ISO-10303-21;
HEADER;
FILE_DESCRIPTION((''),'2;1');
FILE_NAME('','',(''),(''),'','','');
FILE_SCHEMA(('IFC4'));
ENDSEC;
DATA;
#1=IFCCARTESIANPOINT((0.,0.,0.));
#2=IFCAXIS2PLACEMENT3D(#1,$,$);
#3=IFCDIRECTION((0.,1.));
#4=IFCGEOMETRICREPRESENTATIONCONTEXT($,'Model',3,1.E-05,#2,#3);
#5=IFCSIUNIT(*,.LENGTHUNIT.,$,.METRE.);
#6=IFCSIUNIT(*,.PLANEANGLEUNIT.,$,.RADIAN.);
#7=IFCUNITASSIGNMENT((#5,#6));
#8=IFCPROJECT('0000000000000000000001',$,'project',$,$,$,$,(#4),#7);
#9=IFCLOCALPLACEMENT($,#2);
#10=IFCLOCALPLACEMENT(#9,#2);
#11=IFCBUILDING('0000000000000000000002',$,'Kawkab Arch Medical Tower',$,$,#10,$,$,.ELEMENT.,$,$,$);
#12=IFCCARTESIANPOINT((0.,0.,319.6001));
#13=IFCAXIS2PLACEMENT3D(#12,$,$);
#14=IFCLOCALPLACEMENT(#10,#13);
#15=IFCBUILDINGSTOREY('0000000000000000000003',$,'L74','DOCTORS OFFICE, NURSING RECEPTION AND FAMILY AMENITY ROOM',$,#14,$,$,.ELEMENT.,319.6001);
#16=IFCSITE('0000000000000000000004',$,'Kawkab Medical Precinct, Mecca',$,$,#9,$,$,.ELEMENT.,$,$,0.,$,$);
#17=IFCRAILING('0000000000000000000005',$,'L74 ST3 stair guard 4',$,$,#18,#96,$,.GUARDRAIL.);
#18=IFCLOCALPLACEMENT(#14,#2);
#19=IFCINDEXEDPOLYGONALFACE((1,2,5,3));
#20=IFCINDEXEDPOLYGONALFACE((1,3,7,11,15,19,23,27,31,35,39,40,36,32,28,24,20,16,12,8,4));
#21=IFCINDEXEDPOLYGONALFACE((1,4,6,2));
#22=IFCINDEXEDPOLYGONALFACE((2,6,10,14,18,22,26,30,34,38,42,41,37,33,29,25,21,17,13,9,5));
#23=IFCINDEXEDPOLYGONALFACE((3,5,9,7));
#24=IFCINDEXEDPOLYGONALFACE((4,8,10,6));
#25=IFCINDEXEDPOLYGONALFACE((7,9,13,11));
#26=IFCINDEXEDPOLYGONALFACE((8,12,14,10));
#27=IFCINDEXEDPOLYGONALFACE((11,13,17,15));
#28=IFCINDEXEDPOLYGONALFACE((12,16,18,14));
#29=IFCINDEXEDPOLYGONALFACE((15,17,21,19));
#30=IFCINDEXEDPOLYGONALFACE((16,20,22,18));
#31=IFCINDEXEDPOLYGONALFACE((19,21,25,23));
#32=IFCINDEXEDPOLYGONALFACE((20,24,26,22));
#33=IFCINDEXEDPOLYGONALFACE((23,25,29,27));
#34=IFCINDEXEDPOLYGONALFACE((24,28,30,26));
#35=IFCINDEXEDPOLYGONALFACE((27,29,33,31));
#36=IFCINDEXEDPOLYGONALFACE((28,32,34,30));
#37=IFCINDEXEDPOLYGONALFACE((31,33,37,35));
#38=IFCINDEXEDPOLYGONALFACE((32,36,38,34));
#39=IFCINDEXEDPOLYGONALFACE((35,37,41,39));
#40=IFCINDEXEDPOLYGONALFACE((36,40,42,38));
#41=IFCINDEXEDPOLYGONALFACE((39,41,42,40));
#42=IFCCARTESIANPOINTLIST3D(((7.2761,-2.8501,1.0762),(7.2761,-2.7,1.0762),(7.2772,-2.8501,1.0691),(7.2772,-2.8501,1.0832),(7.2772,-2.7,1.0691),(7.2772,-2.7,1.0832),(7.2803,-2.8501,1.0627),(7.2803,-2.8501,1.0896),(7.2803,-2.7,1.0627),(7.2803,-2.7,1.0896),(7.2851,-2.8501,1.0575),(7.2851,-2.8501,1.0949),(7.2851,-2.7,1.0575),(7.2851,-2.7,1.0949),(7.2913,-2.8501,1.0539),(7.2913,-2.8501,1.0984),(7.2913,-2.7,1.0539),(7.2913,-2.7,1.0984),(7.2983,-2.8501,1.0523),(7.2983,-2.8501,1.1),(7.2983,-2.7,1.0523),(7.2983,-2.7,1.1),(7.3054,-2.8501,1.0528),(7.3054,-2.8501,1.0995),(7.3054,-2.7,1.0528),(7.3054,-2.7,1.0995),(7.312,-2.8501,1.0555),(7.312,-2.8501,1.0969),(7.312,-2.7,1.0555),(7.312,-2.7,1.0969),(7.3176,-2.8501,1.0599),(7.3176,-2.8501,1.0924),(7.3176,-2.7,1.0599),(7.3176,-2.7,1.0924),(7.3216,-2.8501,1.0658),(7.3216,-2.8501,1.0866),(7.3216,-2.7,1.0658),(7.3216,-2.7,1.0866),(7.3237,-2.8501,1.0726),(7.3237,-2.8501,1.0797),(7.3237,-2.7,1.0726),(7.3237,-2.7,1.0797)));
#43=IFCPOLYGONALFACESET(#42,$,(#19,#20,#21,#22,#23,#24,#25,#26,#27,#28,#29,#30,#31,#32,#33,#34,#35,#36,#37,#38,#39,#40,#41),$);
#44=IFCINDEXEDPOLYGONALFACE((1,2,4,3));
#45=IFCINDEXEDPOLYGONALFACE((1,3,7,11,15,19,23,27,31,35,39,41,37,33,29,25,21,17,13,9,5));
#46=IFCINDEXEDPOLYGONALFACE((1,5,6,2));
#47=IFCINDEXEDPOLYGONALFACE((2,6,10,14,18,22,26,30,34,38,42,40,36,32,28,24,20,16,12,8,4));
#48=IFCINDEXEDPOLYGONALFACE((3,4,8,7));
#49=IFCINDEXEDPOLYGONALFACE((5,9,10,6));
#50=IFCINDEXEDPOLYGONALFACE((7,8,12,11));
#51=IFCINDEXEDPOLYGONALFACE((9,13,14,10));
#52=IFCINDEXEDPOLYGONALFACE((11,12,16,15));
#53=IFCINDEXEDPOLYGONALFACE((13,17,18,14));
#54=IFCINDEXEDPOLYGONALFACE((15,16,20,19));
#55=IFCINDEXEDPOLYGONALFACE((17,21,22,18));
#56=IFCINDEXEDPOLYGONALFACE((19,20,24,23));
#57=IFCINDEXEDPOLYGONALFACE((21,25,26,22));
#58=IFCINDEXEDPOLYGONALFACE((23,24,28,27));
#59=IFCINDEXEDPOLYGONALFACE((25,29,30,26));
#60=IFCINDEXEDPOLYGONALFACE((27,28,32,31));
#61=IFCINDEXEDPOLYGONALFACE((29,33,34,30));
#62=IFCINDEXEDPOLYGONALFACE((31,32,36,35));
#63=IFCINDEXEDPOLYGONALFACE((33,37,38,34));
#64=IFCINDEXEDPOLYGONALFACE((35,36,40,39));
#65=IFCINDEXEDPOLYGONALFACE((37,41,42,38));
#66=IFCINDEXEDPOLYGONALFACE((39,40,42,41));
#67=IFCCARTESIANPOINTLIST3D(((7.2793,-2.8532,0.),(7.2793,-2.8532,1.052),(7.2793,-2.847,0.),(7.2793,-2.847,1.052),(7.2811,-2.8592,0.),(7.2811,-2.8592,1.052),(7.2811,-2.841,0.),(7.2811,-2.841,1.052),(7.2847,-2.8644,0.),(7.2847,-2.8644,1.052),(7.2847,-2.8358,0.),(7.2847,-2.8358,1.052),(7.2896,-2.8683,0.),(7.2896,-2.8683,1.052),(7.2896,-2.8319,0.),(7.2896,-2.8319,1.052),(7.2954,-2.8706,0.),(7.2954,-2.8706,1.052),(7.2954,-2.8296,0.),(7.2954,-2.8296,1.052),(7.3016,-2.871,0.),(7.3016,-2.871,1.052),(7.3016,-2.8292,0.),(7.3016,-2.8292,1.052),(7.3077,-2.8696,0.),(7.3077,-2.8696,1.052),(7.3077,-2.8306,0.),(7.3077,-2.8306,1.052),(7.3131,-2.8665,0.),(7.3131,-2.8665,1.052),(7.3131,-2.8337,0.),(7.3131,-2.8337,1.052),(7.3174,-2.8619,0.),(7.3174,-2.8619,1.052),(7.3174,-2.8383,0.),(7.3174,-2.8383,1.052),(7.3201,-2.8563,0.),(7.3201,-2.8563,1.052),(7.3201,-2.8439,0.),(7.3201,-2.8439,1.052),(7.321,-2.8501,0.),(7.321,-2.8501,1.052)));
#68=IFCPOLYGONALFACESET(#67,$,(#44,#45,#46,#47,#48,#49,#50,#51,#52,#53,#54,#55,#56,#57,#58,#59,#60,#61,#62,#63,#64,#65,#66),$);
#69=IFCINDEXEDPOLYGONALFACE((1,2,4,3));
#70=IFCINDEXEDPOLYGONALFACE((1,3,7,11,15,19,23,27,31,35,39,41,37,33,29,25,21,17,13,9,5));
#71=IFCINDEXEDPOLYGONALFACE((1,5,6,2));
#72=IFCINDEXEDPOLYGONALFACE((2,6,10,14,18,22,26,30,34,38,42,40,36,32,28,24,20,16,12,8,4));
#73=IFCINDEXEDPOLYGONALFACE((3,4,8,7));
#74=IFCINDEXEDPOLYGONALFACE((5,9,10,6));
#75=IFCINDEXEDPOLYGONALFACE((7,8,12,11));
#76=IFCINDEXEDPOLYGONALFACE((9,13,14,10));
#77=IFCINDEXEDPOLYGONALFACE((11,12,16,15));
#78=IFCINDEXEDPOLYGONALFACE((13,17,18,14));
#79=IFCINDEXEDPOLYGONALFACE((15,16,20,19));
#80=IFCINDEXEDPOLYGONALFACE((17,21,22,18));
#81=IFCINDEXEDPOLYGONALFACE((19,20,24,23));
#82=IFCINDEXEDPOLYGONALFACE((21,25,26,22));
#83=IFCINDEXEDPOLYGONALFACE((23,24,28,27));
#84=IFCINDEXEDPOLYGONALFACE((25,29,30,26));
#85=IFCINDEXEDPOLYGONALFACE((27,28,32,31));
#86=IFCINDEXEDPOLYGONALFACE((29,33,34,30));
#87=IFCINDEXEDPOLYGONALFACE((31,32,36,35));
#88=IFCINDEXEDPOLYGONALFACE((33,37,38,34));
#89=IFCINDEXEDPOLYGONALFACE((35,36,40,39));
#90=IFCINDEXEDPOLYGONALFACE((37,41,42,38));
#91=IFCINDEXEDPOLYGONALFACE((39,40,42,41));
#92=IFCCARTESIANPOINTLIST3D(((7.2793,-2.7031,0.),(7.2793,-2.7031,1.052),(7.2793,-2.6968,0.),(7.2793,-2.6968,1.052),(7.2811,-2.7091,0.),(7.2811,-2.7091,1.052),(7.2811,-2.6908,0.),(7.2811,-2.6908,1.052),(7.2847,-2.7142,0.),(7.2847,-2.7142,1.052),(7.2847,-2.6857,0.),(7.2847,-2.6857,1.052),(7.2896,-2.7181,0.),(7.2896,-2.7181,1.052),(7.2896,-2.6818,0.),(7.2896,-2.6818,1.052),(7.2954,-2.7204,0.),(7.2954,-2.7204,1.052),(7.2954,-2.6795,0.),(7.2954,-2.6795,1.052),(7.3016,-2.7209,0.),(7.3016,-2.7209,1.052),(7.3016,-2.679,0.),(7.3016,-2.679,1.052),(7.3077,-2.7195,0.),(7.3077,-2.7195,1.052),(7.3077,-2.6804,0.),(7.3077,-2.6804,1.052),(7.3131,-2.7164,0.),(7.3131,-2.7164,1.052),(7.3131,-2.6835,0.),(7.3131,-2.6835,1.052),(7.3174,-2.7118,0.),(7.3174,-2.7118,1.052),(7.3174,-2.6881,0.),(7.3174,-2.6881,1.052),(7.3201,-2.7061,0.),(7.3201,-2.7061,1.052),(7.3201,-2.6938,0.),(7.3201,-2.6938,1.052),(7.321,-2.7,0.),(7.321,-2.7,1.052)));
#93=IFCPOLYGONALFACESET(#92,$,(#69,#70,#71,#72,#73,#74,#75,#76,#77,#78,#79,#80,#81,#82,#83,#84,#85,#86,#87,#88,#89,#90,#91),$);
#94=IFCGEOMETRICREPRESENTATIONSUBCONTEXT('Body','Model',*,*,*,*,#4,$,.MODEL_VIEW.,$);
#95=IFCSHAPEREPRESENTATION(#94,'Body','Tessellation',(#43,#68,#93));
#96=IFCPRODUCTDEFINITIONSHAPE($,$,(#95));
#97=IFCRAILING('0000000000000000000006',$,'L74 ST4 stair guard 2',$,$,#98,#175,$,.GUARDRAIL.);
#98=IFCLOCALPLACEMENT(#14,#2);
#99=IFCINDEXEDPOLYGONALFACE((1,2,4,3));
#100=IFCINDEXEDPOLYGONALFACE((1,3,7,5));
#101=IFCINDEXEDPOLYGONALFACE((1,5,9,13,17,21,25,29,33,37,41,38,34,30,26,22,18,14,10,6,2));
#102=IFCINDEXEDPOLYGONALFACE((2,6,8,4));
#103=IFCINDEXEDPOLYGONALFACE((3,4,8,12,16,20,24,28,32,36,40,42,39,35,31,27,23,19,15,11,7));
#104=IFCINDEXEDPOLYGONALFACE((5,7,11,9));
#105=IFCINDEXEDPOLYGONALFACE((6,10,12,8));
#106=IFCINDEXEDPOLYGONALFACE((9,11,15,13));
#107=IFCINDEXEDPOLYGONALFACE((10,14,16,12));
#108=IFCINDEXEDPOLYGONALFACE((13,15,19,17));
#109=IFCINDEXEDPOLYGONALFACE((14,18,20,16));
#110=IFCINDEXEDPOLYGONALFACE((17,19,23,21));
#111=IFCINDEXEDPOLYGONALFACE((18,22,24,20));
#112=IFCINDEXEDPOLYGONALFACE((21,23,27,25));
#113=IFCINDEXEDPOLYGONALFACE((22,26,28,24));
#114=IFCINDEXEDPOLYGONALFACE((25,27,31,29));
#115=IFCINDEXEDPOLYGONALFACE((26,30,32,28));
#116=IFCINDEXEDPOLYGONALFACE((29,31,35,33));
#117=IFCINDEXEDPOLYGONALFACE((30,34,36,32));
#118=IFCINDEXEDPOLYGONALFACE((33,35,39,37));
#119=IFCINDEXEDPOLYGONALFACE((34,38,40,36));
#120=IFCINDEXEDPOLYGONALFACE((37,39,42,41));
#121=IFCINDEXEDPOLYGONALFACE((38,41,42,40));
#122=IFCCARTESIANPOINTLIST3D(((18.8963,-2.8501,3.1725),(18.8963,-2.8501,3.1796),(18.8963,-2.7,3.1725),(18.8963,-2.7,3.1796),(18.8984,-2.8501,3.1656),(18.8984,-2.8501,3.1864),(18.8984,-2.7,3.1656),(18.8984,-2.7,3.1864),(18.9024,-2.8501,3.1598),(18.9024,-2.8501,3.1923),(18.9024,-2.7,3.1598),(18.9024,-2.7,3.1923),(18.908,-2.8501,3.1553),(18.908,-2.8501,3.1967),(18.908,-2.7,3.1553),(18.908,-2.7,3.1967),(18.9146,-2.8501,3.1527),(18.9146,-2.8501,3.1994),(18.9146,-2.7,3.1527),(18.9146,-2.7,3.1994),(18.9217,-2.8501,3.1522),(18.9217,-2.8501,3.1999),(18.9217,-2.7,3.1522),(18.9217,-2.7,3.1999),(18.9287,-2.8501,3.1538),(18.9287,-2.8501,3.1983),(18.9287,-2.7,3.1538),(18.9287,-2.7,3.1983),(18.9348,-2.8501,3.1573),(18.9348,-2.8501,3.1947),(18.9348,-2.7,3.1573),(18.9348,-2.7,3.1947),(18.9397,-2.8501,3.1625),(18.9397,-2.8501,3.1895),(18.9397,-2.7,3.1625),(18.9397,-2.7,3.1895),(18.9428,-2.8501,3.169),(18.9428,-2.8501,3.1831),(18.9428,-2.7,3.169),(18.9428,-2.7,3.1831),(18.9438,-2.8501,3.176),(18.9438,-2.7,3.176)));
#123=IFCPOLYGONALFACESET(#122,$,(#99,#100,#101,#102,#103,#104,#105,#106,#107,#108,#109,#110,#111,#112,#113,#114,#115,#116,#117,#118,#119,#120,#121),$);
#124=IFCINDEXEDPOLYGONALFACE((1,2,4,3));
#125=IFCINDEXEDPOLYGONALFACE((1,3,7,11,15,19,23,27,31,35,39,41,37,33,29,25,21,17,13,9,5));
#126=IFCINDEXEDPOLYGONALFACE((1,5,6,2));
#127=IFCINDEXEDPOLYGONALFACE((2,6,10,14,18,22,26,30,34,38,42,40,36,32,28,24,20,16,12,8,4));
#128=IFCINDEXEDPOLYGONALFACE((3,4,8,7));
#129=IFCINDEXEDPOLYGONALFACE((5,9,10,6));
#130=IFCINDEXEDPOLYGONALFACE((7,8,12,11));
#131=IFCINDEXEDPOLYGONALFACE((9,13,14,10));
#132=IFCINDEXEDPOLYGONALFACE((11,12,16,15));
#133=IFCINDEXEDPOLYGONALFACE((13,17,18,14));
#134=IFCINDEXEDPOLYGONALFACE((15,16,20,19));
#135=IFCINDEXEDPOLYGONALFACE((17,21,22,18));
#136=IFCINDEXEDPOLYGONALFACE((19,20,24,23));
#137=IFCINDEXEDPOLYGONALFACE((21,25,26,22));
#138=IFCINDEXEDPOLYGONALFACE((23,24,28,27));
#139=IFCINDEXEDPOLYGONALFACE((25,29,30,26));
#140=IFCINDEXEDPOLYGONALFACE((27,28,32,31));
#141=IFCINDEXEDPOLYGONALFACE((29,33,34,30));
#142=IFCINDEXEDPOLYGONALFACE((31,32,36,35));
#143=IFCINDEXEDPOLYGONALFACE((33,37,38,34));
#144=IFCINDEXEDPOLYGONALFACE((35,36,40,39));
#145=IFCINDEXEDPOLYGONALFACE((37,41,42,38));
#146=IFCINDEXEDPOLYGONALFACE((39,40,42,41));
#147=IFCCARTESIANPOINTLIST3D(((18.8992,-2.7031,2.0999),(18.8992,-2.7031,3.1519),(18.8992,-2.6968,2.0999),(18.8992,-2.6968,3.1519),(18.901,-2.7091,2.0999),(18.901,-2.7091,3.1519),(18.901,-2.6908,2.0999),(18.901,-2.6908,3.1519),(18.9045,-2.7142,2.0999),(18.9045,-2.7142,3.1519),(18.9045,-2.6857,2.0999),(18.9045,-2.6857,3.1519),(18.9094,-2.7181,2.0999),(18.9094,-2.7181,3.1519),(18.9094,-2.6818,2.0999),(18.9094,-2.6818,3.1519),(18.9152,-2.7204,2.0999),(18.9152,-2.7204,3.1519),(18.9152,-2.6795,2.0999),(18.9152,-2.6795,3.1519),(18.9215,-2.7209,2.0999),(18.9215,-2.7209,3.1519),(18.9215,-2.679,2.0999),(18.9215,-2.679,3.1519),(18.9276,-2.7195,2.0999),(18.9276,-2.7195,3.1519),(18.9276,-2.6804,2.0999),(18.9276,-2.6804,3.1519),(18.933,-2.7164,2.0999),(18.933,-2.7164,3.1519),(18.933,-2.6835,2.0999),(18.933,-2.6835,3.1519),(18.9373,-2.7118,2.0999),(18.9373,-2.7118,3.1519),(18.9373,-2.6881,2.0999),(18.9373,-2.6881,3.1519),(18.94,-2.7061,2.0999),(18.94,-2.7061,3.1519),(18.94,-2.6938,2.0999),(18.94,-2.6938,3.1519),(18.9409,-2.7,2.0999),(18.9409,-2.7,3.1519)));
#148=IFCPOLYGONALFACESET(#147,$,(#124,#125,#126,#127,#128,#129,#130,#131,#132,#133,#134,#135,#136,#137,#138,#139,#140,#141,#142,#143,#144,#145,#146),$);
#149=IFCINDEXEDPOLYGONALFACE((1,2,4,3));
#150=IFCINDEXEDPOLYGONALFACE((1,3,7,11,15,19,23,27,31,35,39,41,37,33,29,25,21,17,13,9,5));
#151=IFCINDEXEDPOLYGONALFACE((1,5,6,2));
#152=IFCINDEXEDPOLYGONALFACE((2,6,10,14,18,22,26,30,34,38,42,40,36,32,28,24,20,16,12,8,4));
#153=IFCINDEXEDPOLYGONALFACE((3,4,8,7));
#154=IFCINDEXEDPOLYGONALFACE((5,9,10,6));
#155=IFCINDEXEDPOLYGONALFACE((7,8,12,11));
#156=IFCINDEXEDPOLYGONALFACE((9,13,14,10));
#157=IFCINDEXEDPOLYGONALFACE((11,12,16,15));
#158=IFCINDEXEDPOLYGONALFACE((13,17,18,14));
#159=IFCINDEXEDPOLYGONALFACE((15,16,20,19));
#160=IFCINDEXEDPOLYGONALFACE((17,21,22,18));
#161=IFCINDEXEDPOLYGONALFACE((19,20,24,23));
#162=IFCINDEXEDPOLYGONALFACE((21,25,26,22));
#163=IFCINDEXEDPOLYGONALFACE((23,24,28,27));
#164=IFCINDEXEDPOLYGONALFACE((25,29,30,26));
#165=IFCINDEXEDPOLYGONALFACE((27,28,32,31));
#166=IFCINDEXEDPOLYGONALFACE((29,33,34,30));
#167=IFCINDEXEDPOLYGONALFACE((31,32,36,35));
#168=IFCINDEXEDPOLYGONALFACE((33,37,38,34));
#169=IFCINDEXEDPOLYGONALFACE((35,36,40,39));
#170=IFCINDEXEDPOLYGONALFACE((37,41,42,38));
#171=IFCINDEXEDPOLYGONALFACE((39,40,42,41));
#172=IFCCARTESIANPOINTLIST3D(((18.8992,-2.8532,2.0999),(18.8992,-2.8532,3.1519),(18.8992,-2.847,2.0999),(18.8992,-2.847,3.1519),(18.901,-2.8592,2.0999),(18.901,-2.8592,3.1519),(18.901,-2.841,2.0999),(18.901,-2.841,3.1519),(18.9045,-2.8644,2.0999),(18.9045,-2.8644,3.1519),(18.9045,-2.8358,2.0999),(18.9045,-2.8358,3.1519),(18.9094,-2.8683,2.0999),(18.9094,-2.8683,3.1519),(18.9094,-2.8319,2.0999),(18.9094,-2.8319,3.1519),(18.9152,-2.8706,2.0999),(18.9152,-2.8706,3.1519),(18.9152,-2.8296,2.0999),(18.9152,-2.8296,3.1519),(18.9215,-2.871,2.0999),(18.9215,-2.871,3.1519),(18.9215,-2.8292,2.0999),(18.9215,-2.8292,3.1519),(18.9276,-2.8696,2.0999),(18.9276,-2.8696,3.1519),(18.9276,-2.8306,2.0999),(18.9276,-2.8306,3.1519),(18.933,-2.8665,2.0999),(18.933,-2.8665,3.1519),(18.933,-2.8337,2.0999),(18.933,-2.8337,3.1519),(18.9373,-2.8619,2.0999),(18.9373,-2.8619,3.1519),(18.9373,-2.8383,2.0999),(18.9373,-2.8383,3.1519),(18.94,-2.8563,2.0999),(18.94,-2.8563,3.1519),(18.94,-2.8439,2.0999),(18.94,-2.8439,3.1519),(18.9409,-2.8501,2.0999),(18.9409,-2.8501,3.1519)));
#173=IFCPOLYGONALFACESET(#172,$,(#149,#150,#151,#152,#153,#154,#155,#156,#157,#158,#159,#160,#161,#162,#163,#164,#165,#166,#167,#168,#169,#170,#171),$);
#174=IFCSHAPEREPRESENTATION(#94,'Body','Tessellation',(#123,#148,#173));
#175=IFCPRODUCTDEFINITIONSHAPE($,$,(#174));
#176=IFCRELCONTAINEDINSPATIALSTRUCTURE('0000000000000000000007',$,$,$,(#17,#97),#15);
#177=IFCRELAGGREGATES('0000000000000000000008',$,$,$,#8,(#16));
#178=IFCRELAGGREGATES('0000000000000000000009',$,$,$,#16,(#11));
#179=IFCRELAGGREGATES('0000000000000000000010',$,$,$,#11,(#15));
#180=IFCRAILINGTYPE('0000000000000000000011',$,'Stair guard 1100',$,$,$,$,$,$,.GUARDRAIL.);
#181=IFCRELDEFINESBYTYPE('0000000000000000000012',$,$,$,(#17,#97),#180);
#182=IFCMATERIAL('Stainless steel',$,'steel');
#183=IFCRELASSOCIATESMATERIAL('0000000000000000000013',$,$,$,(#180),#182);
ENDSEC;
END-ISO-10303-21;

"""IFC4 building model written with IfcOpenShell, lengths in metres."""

from ifc_helpers import new_model, si_unit, direction, frame, origin, origin_2d, place, context, subcontext, project, spatial, circle, extrude, material, type_object, element, save


model = new_model("IFC4")

# Units and contexts
model_context = context("Model", 3, precision=1e-05, world=origin(), true_north=direction((0.0, 1.0)))
body_context = subcontext(model_context, "Body", "Model", "MODEL_VIEW")
ifc_project = project(units=[si_unit("LENGTHUNIT", "METRE"), si_unit("PLANEANGLEUNIT", "RADIAN")], contexts=[model_context])

# Site, building, storey
site_placement = place(None, origin())
site = spatial("IfcSite", under=ifc_project, at=site_placement, Name="Kawkab Medical Precinct, Mecca", CompositionType="ELEMENT", RefElevation=0.0)
building_placement = place(site_placement, origin())
building = spatial("IfcBuilding", under=site, at=building_placement, Name="Kawkab Arch Medical Tower", CompositionType="ELEMENT")
storey_placement = place(building_placement, frame((0.0, 0.0, 319.6001)))
storey = spatial("IfcBuildingStorey", under=building, at=storey_placement, Name="L74", Description="DOCTORS OFFICE, NURSING RECEPTION AND FAMILY AMENITY ROOM", CompositionType="ELEMENT", Elevation=319.6001)

# Railings
ifc_material_1 = material(Name="Stainless steel", Category="steel")
railing_type_1 = type_object("IfcRailingType", Name="Stair guard 1100", PredefinedType="GUARDRAIL", material=ifc_material_1)
railing_1_placement = place(storey_placement, frame((7.3, -2.8501, 0.0)))
element("IfcRailing", 1, at=railing_1_placement, inside=storey, type_object=railing_type_1, Name="L74 ST3 stair guard 4", PredefinedType="GUARDRAIL", context=body_context, shape_type="SweptSolid", body=[
    extrude(circle(Radius=0.0239, at=origin_2d()), frame((0.0, 0.0, 1.0762), z_axis=(0.0, 1.0, 0.0), x_axis=(-1.0, 0.0, 0.0)), (0.0, 0.0, 1.0), 0.1501),
    extrude(circle(Radius=0.021, at=origin_2d()), origin(), (0.0, 0.0, 1.0), 1.052),
    extrude(circle(Radius=0.021, at=origin_2d()), frame((0.0, 0.1501, 0.0)), (0.0, 0.0, 1.0), 1.052),
])
railing_2_placement = place(storey_placement, frame((18.9199, -2.7, 2.0999)))
element("IfcRailing", 2, at=railing_2_placement, inside=storey, type_object=railing_type_1, Name="L74 ST4 stair guard 2", PredefinedType="GUARDRAIL", context=body_context, shape_type="SweptSolid", body=[
    extrude(circle(Radius=0.0239, at=origin_2d()), frame((0.0, 0.0, 1.0762), z_axis=(0.0, -1.0, 0.0), x_axis=(1.0, 0.0, 0.0)), (0.0, 0.0, 1.0), 0.1501),
    extrude(circle(Radius=0.021, at=origin_2d()), origin(), (0.0, 0.0, 1.0), 1.052),
    extrude(circle(Radius=0.021, at=origin_2d()), frame((0.0, -0.1501, 0.0)), (0.0, 0.0, 1.0), 1.052),
])

save(model, "model.ifc")
